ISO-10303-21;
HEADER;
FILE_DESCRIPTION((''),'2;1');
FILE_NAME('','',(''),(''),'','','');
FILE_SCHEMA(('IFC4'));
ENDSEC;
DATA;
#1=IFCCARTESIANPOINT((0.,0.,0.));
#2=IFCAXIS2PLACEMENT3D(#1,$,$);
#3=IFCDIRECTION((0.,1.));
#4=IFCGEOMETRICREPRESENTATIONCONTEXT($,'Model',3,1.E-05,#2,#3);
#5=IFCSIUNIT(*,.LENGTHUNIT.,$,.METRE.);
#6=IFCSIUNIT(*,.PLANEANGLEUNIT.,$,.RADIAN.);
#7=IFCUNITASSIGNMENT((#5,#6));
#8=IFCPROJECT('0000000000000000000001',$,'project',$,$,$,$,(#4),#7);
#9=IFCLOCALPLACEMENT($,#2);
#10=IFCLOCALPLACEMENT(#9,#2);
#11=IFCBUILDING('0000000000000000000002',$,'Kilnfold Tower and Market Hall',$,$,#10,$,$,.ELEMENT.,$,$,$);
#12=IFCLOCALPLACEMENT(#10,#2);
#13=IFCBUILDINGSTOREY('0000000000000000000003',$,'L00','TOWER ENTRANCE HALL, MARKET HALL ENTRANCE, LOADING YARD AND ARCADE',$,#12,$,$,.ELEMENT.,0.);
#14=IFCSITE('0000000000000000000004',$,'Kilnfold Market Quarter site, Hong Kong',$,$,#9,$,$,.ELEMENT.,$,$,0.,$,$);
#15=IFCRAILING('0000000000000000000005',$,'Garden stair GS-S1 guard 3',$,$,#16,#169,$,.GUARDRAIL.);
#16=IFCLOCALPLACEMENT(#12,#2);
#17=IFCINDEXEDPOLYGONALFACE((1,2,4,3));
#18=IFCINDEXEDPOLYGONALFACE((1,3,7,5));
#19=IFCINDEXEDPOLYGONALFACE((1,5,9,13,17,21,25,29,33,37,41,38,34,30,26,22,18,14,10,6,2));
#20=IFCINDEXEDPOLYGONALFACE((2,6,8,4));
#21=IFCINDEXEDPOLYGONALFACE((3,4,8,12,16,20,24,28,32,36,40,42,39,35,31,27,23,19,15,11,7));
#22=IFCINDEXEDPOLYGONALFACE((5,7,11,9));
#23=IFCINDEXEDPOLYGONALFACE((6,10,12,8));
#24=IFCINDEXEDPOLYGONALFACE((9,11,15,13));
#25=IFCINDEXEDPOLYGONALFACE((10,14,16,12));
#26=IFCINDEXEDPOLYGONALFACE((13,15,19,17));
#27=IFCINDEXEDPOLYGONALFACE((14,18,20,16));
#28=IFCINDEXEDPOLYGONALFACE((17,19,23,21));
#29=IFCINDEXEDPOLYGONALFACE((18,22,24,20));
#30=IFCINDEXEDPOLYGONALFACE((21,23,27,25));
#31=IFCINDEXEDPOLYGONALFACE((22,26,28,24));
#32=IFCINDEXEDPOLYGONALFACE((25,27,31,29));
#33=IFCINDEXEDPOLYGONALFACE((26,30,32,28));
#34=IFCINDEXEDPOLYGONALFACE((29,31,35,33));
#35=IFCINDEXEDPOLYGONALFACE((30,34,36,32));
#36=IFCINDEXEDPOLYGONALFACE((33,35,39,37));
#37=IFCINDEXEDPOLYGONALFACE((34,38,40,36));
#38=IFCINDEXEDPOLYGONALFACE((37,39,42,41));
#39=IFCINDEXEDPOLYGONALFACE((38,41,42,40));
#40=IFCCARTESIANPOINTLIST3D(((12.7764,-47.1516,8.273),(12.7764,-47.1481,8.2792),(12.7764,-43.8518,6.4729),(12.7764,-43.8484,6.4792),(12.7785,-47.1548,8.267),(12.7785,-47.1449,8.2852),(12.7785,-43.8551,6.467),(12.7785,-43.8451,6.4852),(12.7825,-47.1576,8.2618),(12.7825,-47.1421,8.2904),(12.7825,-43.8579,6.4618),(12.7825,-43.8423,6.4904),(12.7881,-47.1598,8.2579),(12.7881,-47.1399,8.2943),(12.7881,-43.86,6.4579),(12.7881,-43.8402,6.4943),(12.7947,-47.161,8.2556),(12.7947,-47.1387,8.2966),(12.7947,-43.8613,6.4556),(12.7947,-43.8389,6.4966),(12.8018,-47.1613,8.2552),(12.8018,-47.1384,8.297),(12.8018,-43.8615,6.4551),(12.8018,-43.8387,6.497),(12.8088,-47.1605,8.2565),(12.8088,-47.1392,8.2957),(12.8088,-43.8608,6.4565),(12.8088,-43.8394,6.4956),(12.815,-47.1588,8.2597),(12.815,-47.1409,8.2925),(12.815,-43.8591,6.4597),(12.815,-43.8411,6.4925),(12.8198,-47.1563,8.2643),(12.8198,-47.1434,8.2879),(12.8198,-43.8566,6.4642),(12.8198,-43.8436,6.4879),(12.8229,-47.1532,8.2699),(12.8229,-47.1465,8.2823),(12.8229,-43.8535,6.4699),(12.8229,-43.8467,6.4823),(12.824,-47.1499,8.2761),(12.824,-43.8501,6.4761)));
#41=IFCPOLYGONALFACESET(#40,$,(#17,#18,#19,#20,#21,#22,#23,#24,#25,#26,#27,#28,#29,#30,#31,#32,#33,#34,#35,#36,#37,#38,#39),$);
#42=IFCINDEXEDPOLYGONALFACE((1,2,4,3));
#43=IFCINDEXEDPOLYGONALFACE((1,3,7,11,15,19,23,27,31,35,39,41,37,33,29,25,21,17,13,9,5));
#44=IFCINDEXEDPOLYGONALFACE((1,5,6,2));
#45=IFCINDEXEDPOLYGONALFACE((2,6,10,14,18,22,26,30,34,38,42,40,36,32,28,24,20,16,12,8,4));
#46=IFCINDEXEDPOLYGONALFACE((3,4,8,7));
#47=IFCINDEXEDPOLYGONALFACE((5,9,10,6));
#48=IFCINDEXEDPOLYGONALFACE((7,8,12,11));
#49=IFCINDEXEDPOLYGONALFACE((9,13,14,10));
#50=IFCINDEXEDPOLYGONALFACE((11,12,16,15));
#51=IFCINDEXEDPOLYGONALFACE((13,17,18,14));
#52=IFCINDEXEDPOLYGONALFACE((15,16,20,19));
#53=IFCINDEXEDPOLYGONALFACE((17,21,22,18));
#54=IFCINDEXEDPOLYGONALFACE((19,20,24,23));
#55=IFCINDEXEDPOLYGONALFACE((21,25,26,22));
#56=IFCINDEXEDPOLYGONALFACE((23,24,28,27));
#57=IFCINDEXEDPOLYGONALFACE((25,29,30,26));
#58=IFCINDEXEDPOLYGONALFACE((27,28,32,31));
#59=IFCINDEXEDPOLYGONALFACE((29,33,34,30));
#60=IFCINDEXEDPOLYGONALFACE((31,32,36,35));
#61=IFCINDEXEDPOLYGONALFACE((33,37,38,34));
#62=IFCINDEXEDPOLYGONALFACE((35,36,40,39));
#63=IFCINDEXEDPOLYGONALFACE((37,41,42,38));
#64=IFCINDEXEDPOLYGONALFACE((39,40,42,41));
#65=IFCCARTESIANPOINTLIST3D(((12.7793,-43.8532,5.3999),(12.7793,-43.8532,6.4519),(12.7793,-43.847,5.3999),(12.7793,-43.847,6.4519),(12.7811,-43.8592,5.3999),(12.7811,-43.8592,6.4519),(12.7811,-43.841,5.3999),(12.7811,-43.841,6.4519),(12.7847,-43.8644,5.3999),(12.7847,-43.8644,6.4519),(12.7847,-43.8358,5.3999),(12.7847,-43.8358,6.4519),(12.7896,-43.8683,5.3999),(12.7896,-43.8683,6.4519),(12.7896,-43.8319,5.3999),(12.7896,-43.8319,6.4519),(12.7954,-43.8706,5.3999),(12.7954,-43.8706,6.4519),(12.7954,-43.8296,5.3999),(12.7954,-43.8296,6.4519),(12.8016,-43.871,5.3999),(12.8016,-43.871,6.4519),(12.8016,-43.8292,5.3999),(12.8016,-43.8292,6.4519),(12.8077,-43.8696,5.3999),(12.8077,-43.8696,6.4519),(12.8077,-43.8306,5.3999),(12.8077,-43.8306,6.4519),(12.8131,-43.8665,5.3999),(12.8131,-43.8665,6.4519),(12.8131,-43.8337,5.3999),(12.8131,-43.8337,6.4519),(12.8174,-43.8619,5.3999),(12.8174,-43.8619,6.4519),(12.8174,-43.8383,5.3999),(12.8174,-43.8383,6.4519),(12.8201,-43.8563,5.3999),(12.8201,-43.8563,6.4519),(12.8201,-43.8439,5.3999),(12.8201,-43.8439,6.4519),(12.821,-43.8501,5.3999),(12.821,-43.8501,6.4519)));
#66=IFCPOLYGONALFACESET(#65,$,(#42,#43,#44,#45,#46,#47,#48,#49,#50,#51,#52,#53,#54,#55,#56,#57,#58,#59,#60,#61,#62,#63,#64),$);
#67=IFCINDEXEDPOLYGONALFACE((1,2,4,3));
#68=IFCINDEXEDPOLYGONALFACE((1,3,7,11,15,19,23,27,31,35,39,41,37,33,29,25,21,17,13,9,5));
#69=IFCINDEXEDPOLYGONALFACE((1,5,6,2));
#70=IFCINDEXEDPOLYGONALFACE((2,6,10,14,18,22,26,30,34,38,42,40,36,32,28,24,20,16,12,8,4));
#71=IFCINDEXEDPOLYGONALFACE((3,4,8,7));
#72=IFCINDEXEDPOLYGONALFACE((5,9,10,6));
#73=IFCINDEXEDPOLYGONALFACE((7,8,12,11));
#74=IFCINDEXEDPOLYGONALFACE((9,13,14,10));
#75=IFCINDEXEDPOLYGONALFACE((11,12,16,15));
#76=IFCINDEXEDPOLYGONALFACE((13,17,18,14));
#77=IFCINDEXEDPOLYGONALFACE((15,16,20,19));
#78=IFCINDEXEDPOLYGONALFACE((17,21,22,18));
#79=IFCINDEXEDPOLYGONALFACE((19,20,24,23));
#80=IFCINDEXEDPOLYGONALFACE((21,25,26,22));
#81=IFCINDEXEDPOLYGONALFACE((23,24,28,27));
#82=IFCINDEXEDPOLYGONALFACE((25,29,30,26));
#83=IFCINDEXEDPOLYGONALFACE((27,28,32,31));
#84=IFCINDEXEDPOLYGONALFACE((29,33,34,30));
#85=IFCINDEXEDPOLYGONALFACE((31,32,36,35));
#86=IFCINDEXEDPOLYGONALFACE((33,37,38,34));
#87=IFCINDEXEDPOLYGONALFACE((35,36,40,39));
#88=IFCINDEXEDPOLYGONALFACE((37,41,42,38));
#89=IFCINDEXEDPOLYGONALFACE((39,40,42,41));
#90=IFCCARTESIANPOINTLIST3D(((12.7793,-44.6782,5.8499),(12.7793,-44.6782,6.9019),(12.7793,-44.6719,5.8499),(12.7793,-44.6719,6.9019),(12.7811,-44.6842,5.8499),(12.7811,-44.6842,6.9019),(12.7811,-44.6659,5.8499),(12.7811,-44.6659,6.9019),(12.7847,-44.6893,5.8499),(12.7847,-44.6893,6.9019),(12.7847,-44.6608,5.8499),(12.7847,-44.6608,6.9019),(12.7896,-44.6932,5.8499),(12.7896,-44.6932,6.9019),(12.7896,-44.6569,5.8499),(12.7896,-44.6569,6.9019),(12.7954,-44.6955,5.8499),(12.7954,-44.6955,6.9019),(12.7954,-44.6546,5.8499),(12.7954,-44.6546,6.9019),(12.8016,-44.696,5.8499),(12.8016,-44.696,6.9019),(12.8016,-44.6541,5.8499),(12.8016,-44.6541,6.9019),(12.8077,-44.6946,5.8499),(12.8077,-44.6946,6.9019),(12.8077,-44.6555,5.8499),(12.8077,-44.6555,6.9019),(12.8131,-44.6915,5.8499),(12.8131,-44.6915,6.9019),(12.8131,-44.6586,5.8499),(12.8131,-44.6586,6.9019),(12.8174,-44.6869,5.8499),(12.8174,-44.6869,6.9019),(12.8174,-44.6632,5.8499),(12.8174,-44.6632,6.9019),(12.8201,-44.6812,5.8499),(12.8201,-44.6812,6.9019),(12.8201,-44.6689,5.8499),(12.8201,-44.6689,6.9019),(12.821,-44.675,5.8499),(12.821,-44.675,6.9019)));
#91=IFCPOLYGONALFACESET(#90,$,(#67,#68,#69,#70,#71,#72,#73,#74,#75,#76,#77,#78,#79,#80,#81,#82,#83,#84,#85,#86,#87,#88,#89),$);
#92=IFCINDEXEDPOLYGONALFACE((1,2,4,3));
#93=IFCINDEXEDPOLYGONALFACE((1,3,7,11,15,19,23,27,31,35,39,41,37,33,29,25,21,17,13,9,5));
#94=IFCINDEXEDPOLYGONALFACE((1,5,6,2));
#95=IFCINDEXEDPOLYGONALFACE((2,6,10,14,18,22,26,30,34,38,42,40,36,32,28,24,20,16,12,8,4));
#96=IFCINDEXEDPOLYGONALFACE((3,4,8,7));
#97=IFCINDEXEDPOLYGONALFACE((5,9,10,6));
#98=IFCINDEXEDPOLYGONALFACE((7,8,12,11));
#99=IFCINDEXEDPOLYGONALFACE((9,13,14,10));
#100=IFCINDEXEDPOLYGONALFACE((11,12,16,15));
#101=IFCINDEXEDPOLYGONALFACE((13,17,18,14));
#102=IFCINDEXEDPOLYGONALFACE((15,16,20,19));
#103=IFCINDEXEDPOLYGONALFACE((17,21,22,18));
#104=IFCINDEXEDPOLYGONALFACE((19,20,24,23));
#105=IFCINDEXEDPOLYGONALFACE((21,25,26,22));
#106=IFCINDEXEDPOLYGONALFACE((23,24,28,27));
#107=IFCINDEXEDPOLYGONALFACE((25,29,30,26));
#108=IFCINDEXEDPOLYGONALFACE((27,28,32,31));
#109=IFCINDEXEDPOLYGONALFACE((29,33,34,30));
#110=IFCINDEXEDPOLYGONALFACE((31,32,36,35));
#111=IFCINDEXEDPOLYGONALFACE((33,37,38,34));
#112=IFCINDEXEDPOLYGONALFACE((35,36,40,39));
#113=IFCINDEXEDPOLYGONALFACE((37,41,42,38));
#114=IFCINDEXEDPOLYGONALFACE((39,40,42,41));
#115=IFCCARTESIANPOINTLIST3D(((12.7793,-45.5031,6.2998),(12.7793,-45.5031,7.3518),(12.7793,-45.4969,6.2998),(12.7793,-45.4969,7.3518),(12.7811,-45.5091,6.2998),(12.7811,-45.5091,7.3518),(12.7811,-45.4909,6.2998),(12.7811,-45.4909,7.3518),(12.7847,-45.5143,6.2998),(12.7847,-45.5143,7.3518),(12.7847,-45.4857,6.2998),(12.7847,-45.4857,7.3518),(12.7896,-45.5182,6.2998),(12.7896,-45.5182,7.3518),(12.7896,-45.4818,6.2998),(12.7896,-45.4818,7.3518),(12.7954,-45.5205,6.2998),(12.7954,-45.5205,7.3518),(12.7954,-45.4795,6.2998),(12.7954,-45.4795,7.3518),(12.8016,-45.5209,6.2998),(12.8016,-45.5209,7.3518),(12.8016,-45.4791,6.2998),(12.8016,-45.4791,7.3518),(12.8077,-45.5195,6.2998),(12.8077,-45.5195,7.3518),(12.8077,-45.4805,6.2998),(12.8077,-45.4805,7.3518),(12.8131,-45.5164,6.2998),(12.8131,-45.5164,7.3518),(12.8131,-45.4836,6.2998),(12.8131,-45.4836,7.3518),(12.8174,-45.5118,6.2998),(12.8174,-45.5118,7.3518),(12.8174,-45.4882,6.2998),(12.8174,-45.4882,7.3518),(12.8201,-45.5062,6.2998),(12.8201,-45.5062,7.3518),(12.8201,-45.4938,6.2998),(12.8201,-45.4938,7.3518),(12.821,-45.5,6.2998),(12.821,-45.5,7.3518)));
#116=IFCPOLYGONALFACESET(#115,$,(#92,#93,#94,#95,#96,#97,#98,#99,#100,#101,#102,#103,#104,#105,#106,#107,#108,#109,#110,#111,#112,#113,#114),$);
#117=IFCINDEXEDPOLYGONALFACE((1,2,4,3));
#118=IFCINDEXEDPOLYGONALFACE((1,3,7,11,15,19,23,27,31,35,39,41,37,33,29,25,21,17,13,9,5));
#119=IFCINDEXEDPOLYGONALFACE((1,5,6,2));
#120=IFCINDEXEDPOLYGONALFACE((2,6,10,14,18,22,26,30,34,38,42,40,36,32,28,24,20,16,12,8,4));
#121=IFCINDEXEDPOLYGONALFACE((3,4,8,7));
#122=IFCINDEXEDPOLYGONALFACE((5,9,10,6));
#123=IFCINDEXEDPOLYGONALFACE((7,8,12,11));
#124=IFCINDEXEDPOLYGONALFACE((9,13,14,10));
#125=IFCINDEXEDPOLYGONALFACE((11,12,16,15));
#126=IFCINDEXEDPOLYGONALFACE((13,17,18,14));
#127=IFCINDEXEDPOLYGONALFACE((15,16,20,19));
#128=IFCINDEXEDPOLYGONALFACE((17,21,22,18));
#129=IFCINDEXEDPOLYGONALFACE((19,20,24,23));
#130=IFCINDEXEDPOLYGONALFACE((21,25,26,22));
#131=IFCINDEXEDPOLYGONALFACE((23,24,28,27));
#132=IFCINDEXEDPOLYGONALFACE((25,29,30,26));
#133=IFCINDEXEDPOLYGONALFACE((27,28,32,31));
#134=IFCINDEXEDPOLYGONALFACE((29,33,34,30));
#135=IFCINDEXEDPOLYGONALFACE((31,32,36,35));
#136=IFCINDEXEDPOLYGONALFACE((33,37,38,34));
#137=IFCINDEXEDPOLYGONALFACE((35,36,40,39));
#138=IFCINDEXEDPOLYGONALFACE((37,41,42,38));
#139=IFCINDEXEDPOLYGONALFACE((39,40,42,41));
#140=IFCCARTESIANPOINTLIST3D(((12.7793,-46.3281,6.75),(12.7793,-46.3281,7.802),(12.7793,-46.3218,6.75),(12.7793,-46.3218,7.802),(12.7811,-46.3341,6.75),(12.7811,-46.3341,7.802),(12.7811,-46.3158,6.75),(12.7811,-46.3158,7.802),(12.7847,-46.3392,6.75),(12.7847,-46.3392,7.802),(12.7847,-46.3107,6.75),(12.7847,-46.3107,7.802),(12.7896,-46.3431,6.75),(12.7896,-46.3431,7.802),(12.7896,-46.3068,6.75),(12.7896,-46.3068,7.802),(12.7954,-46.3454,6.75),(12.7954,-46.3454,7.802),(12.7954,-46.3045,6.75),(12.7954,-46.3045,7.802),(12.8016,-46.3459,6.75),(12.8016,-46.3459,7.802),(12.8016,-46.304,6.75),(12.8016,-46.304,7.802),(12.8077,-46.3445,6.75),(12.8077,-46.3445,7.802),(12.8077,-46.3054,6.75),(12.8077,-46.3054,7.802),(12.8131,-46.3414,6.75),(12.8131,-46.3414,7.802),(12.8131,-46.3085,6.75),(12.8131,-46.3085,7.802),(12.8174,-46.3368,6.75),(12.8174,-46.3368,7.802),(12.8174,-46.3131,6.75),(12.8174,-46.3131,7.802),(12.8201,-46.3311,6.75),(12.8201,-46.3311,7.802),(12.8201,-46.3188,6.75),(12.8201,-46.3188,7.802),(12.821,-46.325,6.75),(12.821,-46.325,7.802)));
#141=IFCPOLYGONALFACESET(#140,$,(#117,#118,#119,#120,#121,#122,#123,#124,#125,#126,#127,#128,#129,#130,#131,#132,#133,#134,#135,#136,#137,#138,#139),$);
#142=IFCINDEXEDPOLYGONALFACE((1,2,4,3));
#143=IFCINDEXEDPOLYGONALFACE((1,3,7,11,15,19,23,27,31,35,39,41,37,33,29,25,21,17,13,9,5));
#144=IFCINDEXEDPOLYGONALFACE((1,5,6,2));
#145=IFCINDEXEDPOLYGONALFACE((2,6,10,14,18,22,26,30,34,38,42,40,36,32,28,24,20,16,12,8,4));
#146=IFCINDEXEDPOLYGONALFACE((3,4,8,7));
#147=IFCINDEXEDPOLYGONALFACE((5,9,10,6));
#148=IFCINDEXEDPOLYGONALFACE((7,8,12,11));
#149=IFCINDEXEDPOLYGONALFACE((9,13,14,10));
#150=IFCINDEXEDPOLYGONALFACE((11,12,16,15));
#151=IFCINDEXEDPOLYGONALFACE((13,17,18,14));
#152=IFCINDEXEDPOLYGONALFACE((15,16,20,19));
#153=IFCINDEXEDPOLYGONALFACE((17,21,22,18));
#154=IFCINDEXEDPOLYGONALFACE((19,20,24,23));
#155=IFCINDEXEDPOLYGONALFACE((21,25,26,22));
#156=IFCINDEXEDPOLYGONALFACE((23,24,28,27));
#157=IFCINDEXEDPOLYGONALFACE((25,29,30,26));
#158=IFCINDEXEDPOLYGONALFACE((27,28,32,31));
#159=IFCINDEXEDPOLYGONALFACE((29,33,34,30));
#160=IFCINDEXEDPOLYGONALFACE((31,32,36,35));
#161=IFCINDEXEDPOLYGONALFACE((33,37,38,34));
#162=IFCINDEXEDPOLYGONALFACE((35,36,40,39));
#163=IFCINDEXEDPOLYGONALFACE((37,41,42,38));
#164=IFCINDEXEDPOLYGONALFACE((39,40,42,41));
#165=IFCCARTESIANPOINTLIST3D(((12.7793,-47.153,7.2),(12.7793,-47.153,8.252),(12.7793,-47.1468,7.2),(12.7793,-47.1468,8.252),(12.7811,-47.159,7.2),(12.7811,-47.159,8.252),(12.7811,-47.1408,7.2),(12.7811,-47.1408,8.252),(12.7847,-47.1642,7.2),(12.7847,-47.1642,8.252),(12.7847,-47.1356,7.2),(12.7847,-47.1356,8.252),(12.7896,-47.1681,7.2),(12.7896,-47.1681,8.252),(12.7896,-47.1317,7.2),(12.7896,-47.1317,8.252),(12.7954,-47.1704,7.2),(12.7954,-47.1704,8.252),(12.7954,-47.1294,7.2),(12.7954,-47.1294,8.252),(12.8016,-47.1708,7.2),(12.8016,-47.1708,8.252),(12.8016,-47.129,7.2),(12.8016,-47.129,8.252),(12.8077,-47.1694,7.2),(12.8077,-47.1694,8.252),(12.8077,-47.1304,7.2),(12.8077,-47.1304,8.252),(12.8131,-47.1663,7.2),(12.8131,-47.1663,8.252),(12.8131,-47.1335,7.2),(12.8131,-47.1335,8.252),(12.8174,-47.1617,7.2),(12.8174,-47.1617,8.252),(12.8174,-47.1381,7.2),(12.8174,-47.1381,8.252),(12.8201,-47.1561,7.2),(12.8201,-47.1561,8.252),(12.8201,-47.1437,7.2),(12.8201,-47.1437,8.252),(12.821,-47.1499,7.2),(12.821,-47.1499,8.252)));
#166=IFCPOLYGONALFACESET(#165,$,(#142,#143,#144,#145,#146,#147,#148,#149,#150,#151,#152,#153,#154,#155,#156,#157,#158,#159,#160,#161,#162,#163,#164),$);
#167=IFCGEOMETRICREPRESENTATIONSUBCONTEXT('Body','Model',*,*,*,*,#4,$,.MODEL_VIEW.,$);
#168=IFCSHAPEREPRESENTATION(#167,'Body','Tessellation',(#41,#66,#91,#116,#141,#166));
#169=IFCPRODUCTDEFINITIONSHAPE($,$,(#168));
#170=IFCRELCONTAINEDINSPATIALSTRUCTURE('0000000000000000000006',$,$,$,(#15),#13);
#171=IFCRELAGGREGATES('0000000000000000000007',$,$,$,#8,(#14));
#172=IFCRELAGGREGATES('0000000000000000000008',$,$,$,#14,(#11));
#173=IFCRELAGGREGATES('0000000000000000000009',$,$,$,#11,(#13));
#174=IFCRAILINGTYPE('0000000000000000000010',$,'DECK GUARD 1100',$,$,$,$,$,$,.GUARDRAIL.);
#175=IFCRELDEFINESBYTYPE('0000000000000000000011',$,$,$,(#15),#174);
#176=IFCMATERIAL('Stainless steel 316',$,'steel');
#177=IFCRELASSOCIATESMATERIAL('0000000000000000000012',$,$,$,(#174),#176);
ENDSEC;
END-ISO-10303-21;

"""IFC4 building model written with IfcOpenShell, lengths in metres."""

from ifc_helpers import new_model, si_unit, direction, frame, origin, origin_2d, place, context, subcontext, project, spatial, circle, extrude, material, type_object, element, save


model = new_model("IFC4")

# Units and contexts
model_context = context("Model", 3, precision=1e-05, world=origin(), true_north=direction((0.0, 1.0)))
body_context = subcontext(model_context, "Body", "Model", "MODEL_VIEW")
ifc_project = project(units=[si_unit("LENGTHUNIT", "METRE"), si_unit("PLANEANGLEUNIT", "RADIAN")], contexts=[model_context])

# Site, building, storey
site_placement = place(None, origin())
site = spatial("IfcSite", under=ifc_project, at=site_placement, Name="Kilnfold Market Quarter site, Hong Kong", CompositionType="ELEMENT", RefElevation=0.0)
building_placement = place(site_placement, origin())
building = spatial("IfcBuilding", under=site, at=building_placement, Name="Kilnfold Tower and Market Hall", CompositionType="ELEMENT")
storey_placement = place(building_placement, origin())
storey = spatial("IfcBuildingStorey", under=building, at=storey_placement, Name="L00", Description="TOWER ENTRANCE HALL, MARKET HALL ENTRANCE, LOADING YARD AND ARCADE", CompositionType="ELEMENT", Elevation=0.0)

# Railing
ifc_material_1 = material(Name="Stainless steel 316", Category="steel")
railing_type_1 = type_object("IfcRailingType", Name="DECK GUARD 1100", PredefinedType="GUARDRAIL", material=ifc_material_1)
railing_1_placement = place(storey_placement, frame((12.8, -43.8501, 5.3999)))
element("IfcRailing", 1, at=railing_1_placement, inside=storey, type_object=railing_type_1, Name="Garden stair GS-S1 guard 3", PredefinedType="GUARDRAIL", context=body_context, shape_type="SweptSolid", body=[
    extrude(circle(Radius=0.0239, at=origin_2d()), frame((0.0, 0.0, 1.0762), z_axis=(0.0, -0.877878, 0.478884), x_axis=(1.0, 0.0, 0.0)), (0.0, 0.0, 1.0), 3.7588),
    extrude(circle(Radius=0.021, at=origin_2d()), origin(), (0.0, 0.0, 1.0), 1.052),
    extrude(circle(Radius=0.021, at=origin_2d()), frame((0.0, -0.825, 0.45)), (0.0, 0.0, 1.0), 1.052),
    extrude(circle(Radius=0.021, at=origin_2d()), frame((0.0, -1.6499, 0.8999)), (0.0, 0.0, 1.0), 1.052),
    extrude(circle(Radius=0.021, at=origin_2d()), frame((0.0, -2.4749, 1.3501)), (0.0, 0.0, 1.0), 1.052),
    extrude(circle(Radius=0.021, at=origin_2d()), frame((0.0, -3.2998, 1.8)), (0.0, 0.0, 1.0), 1.052),
])

save(model, "model.ifc")
